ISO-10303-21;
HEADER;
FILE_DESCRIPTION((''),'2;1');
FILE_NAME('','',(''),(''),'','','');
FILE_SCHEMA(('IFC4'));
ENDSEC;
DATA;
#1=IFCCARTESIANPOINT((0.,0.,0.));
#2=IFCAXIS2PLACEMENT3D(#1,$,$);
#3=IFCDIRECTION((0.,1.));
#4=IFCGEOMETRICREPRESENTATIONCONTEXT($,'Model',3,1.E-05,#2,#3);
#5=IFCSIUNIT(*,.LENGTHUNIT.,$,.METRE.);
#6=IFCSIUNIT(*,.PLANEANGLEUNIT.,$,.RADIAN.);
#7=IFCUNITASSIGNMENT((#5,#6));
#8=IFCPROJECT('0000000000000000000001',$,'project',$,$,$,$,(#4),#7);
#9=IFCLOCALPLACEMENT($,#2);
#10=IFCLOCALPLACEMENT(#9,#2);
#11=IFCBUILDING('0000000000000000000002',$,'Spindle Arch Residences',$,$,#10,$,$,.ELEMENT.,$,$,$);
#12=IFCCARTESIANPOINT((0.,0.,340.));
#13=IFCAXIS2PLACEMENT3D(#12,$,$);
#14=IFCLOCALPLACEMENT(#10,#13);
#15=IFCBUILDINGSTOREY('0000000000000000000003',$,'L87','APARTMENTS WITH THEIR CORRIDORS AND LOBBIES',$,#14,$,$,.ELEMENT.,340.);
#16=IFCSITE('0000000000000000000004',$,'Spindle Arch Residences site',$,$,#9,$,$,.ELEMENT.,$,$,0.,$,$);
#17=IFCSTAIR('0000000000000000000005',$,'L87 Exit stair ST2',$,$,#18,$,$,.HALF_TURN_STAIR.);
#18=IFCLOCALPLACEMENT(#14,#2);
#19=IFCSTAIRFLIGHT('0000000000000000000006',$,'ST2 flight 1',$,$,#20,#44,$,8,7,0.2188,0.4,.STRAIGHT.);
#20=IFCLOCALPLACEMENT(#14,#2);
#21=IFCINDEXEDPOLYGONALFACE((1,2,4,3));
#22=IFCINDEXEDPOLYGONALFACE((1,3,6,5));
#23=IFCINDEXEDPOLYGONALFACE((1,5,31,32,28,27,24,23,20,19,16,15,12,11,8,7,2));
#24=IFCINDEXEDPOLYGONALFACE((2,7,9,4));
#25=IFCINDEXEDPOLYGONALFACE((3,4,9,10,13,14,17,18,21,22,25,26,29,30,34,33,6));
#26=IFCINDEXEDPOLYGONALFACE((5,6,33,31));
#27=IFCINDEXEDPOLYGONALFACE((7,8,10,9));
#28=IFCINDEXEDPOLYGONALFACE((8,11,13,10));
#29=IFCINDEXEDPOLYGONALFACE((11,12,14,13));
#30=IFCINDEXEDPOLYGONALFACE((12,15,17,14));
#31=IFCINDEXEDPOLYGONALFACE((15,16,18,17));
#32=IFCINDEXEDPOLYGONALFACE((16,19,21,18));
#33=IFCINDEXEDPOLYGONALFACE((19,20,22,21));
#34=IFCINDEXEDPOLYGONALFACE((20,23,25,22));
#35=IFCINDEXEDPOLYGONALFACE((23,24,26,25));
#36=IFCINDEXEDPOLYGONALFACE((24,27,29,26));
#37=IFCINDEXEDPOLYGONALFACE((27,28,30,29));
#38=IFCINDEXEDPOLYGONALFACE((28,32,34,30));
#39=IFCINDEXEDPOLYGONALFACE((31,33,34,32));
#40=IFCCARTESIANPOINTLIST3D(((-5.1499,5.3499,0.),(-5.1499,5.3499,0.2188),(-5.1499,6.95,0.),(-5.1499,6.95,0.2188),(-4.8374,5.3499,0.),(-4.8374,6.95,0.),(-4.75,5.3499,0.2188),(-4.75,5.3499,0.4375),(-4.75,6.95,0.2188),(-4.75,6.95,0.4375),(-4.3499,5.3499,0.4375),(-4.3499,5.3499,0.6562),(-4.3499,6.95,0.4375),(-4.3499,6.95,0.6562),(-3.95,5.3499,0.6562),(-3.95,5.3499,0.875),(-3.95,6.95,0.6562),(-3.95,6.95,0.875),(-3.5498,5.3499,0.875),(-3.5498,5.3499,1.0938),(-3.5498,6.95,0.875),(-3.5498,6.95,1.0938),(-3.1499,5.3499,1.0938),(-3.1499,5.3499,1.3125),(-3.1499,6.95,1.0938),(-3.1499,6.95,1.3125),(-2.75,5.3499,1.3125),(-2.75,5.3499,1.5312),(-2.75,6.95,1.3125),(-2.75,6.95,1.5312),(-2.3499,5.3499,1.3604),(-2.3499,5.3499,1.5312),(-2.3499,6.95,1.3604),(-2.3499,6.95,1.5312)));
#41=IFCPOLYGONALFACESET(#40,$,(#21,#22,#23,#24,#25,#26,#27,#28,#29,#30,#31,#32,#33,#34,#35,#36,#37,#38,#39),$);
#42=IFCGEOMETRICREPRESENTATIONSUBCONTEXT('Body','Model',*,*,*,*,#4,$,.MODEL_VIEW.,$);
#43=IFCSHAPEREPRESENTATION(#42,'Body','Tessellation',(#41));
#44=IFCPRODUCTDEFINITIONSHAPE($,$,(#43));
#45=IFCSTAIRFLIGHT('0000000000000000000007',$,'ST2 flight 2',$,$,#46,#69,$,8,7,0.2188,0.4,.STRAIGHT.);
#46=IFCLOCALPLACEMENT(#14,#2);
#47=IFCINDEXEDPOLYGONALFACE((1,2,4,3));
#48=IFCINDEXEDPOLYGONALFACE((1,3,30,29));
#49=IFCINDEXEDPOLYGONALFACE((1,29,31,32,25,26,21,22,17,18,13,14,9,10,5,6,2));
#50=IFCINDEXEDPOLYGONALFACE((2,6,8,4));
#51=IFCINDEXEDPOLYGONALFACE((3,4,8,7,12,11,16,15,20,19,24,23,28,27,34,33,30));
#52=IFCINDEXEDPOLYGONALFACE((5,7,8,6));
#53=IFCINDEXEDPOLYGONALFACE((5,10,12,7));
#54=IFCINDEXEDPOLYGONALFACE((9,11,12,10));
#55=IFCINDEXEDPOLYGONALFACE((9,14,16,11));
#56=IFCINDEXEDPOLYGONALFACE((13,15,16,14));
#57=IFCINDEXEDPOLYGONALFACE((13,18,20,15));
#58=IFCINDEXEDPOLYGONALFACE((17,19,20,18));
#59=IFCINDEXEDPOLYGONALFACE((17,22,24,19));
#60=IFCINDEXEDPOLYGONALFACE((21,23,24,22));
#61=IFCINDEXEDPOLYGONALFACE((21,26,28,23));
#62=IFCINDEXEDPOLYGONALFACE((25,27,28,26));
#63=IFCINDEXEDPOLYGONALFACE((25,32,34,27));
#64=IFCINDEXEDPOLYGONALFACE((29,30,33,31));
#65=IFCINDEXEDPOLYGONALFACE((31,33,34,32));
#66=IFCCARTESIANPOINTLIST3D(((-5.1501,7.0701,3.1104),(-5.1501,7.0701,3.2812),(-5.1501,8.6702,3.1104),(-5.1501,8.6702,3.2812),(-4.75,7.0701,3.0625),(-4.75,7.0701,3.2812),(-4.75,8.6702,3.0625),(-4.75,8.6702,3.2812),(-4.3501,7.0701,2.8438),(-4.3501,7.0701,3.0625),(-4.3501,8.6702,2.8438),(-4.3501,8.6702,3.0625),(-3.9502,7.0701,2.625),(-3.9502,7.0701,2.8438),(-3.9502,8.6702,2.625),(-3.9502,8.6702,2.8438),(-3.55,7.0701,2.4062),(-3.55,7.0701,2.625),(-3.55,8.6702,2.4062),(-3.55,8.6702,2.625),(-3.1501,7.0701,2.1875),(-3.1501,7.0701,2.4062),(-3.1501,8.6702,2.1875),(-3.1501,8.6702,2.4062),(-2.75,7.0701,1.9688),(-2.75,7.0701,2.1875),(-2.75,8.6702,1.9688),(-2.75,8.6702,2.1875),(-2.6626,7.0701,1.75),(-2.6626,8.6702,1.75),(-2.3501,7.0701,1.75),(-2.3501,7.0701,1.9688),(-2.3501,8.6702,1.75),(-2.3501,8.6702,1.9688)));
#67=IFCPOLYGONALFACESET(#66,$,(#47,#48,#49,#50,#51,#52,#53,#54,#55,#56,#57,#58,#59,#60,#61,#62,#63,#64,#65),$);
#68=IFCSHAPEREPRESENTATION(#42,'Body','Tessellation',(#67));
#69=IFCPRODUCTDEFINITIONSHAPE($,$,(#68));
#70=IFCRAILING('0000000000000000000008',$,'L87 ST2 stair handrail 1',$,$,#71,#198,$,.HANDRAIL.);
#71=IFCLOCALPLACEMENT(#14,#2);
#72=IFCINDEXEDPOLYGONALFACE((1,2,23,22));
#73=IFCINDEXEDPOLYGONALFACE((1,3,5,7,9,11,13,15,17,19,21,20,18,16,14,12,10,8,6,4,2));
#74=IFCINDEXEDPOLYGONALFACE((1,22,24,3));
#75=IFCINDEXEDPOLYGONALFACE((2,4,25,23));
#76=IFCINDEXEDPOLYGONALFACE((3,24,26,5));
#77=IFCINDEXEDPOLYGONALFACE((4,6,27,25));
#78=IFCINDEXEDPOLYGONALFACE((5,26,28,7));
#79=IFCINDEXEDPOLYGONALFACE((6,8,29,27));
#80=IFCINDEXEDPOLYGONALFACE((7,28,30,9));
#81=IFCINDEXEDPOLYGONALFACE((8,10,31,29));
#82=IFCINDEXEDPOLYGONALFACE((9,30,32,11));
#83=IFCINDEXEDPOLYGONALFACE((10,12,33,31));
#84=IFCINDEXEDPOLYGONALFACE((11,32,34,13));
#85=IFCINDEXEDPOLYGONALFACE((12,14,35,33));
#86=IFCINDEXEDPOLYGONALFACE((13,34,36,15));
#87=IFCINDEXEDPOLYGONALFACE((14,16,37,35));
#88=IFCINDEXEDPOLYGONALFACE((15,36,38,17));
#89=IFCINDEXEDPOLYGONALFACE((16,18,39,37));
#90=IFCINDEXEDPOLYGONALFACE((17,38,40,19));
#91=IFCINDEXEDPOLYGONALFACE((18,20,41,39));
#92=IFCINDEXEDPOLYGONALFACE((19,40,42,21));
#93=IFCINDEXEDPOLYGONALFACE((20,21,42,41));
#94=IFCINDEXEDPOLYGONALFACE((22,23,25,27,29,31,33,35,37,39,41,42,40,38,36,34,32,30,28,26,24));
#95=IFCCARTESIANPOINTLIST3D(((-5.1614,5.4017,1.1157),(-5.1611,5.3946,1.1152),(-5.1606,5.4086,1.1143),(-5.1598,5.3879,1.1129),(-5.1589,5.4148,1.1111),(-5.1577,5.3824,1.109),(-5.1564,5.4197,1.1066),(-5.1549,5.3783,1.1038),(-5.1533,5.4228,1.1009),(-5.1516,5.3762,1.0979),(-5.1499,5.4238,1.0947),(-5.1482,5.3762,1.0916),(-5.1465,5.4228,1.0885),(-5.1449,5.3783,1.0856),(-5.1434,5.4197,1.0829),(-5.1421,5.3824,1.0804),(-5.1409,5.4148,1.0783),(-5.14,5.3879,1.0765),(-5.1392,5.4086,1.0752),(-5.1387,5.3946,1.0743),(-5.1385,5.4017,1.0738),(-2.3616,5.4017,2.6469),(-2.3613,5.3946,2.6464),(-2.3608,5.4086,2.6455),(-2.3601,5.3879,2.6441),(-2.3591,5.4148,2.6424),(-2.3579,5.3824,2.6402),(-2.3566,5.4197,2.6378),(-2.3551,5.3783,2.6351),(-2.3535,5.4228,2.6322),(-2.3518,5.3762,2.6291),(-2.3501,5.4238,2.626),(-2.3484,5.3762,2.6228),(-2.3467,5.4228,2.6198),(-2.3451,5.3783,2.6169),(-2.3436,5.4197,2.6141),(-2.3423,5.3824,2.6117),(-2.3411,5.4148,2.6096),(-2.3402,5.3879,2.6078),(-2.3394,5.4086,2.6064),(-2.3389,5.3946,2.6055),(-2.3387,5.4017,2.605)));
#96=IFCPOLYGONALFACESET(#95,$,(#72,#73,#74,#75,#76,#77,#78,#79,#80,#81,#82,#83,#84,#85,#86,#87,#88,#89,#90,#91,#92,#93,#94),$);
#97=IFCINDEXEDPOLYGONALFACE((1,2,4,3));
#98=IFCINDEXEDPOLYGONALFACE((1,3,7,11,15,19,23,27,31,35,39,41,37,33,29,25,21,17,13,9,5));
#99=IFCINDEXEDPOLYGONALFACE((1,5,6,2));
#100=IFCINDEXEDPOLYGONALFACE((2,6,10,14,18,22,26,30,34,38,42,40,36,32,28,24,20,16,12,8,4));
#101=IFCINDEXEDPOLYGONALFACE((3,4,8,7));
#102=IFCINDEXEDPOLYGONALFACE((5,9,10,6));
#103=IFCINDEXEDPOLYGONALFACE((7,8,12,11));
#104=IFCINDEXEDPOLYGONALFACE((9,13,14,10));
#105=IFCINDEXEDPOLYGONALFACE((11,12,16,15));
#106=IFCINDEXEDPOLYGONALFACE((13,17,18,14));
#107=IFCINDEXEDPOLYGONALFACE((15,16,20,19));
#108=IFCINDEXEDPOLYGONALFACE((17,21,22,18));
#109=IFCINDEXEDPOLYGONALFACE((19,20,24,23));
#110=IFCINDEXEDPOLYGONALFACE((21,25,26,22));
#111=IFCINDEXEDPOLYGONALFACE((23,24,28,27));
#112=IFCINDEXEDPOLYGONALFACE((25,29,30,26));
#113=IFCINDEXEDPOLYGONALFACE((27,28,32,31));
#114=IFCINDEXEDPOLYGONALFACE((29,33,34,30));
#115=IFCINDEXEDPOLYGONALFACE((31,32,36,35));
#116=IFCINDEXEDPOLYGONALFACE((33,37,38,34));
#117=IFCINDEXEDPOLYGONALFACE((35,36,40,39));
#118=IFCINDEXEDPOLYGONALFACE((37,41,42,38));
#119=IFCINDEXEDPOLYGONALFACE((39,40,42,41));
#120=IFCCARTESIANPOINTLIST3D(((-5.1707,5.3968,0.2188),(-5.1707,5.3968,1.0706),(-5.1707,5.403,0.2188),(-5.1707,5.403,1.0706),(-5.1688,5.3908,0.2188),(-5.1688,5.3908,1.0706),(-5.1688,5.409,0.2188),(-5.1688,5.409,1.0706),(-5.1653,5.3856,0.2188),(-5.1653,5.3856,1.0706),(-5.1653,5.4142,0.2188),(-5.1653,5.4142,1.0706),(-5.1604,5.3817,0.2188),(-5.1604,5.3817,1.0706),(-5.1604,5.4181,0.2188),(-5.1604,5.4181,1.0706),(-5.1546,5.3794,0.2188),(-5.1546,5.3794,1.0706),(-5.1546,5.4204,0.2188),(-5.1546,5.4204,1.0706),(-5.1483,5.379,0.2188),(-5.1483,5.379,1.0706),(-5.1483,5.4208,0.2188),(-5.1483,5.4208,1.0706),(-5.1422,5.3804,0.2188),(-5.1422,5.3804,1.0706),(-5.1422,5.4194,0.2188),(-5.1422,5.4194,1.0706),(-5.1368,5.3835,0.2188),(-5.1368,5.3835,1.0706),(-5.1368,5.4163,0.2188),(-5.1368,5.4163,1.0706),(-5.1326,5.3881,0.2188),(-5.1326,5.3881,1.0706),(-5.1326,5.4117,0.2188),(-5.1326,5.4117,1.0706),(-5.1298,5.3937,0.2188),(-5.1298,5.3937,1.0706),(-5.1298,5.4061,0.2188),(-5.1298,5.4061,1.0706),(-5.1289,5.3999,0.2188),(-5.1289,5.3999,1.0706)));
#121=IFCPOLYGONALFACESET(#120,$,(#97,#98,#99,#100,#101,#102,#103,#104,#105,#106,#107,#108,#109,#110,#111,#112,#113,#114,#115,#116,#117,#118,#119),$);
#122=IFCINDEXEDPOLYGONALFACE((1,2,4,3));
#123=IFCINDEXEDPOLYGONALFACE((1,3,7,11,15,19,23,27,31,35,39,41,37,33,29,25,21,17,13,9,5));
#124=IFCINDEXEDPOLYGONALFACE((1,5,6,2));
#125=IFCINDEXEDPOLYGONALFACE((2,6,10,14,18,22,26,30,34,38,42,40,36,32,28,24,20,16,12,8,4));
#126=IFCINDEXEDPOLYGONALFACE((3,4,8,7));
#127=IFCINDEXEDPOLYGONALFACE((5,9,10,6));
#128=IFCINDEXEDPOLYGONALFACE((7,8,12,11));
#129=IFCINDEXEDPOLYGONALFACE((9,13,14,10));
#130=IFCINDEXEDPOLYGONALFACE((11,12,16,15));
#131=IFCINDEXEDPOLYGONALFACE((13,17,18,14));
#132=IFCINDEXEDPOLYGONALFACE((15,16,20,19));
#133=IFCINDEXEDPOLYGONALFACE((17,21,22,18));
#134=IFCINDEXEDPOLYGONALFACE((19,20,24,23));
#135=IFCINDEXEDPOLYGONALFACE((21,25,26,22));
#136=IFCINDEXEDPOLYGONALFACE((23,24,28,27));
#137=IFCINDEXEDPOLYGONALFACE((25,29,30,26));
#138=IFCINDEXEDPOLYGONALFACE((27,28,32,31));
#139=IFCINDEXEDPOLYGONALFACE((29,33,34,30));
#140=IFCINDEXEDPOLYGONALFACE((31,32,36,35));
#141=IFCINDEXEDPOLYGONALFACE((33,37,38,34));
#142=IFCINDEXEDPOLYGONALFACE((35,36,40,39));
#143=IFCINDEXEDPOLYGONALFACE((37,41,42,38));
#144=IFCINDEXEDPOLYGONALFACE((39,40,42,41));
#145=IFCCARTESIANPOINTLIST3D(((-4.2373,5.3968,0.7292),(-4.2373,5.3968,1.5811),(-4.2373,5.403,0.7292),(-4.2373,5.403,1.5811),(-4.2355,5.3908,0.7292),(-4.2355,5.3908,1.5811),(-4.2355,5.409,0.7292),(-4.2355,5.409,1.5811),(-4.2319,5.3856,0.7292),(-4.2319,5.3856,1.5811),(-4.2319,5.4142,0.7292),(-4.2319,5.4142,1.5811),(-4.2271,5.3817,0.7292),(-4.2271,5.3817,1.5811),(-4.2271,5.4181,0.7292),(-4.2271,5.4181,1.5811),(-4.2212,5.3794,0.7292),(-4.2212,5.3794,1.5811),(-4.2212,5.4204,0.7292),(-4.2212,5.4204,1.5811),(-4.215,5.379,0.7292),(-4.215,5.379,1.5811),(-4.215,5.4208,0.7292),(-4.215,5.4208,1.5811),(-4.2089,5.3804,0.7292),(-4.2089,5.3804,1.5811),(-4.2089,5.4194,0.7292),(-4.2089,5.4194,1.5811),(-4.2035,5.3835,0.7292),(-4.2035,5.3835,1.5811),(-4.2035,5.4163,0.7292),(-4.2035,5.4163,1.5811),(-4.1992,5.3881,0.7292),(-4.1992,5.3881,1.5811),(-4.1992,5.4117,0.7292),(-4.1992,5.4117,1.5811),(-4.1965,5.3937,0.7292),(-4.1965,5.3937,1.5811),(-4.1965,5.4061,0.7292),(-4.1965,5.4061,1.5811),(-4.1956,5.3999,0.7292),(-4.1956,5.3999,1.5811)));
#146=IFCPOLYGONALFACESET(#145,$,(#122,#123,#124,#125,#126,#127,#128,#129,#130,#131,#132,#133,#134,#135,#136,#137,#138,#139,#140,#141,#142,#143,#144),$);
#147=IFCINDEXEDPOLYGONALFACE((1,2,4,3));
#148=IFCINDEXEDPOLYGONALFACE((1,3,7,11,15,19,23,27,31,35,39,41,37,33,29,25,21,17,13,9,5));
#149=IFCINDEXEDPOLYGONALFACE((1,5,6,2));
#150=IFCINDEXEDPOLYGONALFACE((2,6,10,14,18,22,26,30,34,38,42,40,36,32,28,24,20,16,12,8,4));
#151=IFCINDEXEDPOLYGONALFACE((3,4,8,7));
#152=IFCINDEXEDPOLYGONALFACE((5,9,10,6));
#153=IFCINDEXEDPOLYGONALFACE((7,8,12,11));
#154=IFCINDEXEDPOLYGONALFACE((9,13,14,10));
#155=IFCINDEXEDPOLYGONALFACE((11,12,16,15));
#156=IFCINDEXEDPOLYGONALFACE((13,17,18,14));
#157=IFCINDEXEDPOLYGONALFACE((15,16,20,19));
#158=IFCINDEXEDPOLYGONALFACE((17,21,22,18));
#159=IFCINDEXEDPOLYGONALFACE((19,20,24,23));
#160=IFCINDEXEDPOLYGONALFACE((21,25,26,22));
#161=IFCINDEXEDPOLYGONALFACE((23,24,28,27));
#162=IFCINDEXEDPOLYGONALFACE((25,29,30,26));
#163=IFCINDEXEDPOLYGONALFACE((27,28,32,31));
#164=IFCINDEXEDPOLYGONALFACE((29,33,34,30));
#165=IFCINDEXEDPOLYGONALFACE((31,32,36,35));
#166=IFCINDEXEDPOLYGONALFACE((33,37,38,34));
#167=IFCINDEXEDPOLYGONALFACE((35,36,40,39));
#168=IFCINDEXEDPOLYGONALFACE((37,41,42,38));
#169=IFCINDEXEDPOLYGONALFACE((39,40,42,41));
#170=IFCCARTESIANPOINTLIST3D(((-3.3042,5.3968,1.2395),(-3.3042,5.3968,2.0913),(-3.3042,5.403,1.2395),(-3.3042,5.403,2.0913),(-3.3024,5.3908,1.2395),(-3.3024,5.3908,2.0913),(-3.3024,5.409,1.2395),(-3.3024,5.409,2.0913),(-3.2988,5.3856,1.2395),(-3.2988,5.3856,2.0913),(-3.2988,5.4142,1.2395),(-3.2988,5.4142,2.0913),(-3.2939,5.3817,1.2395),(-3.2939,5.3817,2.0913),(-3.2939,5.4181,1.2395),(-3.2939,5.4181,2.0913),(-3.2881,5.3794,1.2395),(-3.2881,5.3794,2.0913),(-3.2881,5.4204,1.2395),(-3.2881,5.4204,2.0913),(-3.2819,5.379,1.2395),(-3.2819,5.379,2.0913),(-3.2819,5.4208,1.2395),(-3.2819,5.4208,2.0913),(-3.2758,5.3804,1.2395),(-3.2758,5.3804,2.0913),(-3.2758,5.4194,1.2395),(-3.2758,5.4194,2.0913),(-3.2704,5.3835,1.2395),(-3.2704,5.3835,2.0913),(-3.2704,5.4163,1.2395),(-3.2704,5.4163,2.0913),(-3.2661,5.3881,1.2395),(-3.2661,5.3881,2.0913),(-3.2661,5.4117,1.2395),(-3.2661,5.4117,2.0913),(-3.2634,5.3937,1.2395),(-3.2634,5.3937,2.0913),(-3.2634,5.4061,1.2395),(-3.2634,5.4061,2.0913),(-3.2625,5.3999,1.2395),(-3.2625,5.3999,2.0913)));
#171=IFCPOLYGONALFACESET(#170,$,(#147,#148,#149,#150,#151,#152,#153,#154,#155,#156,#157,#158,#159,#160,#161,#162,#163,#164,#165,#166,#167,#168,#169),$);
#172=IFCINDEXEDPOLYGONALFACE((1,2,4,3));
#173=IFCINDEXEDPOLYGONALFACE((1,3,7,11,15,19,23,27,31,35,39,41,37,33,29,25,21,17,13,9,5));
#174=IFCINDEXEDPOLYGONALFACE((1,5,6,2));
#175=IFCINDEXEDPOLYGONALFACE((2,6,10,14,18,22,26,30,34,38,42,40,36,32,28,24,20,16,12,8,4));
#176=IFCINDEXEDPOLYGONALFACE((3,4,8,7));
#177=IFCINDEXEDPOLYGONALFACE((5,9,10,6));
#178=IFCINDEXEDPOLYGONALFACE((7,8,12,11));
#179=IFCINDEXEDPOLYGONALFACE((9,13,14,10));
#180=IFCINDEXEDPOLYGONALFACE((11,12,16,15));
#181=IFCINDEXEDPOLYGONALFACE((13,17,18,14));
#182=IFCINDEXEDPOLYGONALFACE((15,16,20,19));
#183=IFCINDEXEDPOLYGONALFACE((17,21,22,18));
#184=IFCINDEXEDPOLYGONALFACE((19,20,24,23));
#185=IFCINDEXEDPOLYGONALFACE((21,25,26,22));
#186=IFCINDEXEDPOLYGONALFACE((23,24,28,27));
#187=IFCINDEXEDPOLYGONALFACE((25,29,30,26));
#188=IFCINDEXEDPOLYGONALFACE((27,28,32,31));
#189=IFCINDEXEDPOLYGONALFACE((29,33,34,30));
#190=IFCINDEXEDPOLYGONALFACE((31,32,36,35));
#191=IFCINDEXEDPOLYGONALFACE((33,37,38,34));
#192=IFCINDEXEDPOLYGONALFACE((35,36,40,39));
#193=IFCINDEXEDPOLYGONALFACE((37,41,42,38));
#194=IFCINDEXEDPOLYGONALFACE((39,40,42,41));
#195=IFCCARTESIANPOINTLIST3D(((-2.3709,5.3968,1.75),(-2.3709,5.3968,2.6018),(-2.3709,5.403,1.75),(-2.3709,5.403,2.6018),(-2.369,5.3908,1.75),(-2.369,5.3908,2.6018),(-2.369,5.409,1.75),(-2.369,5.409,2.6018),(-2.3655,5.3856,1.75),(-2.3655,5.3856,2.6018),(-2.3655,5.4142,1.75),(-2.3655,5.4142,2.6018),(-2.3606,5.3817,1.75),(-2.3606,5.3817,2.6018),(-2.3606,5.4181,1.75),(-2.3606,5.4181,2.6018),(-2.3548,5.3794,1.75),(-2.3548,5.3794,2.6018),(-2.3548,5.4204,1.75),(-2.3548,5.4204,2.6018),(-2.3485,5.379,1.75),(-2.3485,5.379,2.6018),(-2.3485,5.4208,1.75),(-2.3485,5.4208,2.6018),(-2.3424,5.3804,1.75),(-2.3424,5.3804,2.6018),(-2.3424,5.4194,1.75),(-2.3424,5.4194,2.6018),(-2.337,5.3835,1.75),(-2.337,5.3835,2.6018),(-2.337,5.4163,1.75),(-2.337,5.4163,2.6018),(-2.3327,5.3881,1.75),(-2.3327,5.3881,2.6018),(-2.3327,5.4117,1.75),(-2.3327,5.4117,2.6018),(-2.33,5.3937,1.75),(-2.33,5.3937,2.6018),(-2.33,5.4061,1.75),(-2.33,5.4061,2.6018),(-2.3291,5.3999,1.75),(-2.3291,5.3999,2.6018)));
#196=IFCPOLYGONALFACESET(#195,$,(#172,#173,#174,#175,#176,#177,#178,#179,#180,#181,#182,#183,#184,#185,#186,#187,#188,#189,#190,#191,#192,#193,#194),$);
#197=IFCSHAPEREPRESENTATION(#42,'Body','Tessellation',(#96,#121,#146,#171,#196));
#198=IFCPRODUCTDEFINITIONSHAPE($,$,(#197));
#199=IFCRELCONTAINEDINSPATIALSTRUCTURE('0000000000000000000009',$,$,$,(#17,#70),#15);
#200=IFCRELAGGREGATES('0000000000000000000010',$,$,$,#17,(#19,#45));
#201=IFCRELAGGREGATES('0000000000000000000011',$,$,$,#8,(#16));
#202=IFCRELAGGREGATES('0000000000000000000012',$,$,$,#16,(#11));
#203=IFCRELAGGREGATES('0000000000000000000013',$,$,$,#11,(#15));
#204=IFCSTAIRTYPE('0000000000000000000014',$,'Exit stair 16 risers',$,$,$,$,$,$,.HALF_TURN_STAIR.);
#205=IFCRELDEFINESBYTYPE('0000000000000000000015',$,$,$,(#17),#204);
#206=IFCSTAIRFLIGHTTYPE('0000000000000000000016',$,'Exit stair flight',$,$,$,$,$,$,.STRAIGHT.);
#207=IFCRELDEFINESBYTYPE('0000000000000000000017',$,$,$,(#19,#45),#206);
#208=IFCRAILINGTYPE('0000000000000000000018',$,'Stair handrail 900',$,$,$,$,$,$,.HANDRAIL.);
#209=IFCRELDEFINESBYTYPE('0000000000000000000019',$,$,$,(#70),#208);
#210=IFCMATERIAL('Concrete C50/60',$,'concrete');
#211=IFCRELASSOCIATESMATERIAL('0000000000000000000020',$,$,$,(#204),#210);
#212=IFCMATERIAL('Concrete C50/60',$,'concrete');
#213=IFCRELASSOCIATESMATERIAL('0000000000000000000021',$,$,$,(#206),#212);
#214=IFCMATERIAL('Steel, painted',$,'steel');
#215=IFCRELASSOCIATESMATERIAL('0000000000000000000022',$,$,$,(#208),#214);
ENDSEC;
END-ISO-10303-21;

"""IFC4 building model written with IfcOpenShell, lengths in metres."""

from ifc_helpers import new_model, si_unit, direction, frame, origin, origin_2d, place, context, subcontext, project, spatial, polyline, circle, outline, extrude, material, type_object, element, aggregate, save


model = new_model("IFC4")

# Units and contexts
model_context = context("Model", 3, precision=1e-05, world=origin(), true_north=direction((0.0, 1.0)))
body_context = subcontext(model_context, "Body", "Model", "MODEL_VIEW")
ifc_project = project(units=[si_unit("LENGTHUNIT", "METRE"), si_unit("PLANEANGLEUNIT", "RADIAN")], contexts=[model_context])

# Site, building, storey
site_placement = place(None, origin())
site = spatial("IfcSite", under=ifc_project, at=site_placement, Name="Spindle Arch Residences site", CompositionType="ELEMENT", RefElevation=0.0)
building_placement = place(site_placement, origin())
building = spatial("IfcBuilding", under=site, at=building_placement, Name="Spindle Arch Residences", CompositionType="ELEMENT")
storey_placement = place(building_placement, frame((0.0, 0.0, 340.0)))
storey = spatial("IfcBuildingStorey", under=building, at=storey_placement, Name="L87", Description="APARTMENTS WITH THEIR CORRIDORS AND LOBBIES", CompositionType="ELEMENT", Elevation=340.0)

# Stair, stair flights
ifc_material_1 = material(Name="Concrete C50/60", Category="concrete")
stair_type = type_object("IfcStairType", Name="Exit stair 16 risers", PredefinedType="HALF_TURN_STAIR", material=ifc_material_1)
stair_placement = place(storey_placement, origin())
stair = element("IfcStair", 1, at=stair_placement, inside=storey, type_object=stair_type, Name="L87 Exit stair ST2", PredefinedType="HALF_TURN_STAIR")
ifc_material_2 = material(Name="Concrete C50/60", Category="concrete")
stair_flight_type = type_object("IfcStairFlightType", Name="Exit stair flight", PredefinedType="STRAIGHT", material=ifc_material_2)
stair_flight_1_placement = place(storey_placement, frame((-5.1499, 6.1499, 0.0), z_axis=(0.0, 0.0, 1.0), x_axis=(1.0, 0.0, 0.0)))
stair_flight_1 = element("IfcStairFlight", 2, at=stair_flight_1_placement, type_object=stair_flight_type, Name="ST2 flight 1", NumberOfRisers=8, NumberOfTreads=7, PredefinedType="STRAIGHT", RiserHeight=0.2188, TreadLength=0.4, context=body_context, shape_type="SweptSolid", body=[
    extrude(outline(polyline([(0.0, 0.0), (0.0, 0.2188), (0.3999, 0.2188), (0.3999, 0.4375), (0.8, 0.4375), (0.8, 0.6562), (1.2, 0.6562), (1.2, 0.875), (1.6001, 0.875), (1.6001, 1.0938), (2.0, 1.0938), (2.0, 1.3125), (2.3999, 1.3125), (2.3999, 1.5312), (2.8, 1.5312), (2.8, 1.75), (2.8, 1.3604), (0.3125, 0.0), (0.0, 0.0)])), frame((0.0, 0.8, 0.0), z_axis=(0.0, -1.0, 0.0), x_axis=(1.0, 0.0, 0.0)), (0.0, 0.0, 1.0), 1.6001),
])
stair_flight_2_placement = place(storey_placement, frame((-2.3501, 7.8701, 1.75), z_axis=(0.0, 0.0, 1.0), x_axis=(-1.0, 0.0, 0.0)))
stair_flight_2 = element("IfcStairFlight", 3, at=stair_flight_2_placement, type_object=stair_flight_type, Name="ST2 flight 2", NumberOfRisers=8, NumberOfTreads=7, PredefinedType="STRAIGHT", RiserHeight=0.2188, TreadLength=0.4, context=body_context, shape_type="SweptSolid", body=[
    extrude(outline(polyline([(0.0, 0.0), (0.0, 0.2188), (0.3999, 0.2188), (0.3999, 0.4375), (0.8, 0.4375), (0.8, 0.6562), (1.2, 0.6562), (1.2, 0.875), (1.6001, 0.875), (1.6001, 1.0938), (2.0, 1.0938), (2.0, 1.3125), (2.3999, 1.3125), (2.3999, 1.5312), (2.8, 1.5312), (2.8, 1.75), (2.8, 1.3604), (0.3125, 0.0), (0.0, 0.0)])), frame((0.0, 0.8, 0.0), z_axis=(0.0, -1.0, 0.0), x_axis=(1.0, 0.0, 0.0)), (0.0, 0.0, 1.0), 1.6001),
])
aggregate(stair, [stair_flight_1, stair_flight_2])

# Railing
ifc_material_3 = material(Name="Steel, painted", Category="steel")
railing_type_1 = type_object("IfcRailingType", Name="Stair handrail 900", PredefinedType="HANDRAIL", material=ifc_material_3)
railing_1_placement = place(storey_placement, frame((-5.1499, 5.3999, 0.2188)))
element("IfcRailing", 4, at=railing_1_placement, inside=storey, type_object=railing_type_1, Name="L87 ST2 stair handrail 1", PredefinedType="HANDRAIL", context=body_context, shape_type="SweptSolid", body=[
    extrude(circle(Radius=0.0239, at=origin_2d()), frame((0.0, 0.0, 0.876), z_axis=(0.877357, 0.0, 0.479838), x_axis=(0.0, 1.0, 0.0)), (0.0, 0.0, 1.0), 3.1912),
    extrude(circle(Radius=0.021, at=origin_2d()), origin(), (0.0, 0.0, 1.0), 0.8518),
    extrude(circle(Radius=0.021, at=origin_2d()), frame((0.9333, 0.0, 0.5105)), (0.0, 0.0, 1.0), 0.8518),
    extrude(circle(Radius=0.021, at=origin_2d()), frame((1.8665, 0.0, 1.0208)), (0.0, 0.0, 1.0), 0.8518),
    extrude(circle(Radius=0.021, at=origin_2d()), frame((2.7998, 0.0, 1.5312)), (0.0, 0.0, 1.0), 0.8518),
])

save(model, "model.ifc")
